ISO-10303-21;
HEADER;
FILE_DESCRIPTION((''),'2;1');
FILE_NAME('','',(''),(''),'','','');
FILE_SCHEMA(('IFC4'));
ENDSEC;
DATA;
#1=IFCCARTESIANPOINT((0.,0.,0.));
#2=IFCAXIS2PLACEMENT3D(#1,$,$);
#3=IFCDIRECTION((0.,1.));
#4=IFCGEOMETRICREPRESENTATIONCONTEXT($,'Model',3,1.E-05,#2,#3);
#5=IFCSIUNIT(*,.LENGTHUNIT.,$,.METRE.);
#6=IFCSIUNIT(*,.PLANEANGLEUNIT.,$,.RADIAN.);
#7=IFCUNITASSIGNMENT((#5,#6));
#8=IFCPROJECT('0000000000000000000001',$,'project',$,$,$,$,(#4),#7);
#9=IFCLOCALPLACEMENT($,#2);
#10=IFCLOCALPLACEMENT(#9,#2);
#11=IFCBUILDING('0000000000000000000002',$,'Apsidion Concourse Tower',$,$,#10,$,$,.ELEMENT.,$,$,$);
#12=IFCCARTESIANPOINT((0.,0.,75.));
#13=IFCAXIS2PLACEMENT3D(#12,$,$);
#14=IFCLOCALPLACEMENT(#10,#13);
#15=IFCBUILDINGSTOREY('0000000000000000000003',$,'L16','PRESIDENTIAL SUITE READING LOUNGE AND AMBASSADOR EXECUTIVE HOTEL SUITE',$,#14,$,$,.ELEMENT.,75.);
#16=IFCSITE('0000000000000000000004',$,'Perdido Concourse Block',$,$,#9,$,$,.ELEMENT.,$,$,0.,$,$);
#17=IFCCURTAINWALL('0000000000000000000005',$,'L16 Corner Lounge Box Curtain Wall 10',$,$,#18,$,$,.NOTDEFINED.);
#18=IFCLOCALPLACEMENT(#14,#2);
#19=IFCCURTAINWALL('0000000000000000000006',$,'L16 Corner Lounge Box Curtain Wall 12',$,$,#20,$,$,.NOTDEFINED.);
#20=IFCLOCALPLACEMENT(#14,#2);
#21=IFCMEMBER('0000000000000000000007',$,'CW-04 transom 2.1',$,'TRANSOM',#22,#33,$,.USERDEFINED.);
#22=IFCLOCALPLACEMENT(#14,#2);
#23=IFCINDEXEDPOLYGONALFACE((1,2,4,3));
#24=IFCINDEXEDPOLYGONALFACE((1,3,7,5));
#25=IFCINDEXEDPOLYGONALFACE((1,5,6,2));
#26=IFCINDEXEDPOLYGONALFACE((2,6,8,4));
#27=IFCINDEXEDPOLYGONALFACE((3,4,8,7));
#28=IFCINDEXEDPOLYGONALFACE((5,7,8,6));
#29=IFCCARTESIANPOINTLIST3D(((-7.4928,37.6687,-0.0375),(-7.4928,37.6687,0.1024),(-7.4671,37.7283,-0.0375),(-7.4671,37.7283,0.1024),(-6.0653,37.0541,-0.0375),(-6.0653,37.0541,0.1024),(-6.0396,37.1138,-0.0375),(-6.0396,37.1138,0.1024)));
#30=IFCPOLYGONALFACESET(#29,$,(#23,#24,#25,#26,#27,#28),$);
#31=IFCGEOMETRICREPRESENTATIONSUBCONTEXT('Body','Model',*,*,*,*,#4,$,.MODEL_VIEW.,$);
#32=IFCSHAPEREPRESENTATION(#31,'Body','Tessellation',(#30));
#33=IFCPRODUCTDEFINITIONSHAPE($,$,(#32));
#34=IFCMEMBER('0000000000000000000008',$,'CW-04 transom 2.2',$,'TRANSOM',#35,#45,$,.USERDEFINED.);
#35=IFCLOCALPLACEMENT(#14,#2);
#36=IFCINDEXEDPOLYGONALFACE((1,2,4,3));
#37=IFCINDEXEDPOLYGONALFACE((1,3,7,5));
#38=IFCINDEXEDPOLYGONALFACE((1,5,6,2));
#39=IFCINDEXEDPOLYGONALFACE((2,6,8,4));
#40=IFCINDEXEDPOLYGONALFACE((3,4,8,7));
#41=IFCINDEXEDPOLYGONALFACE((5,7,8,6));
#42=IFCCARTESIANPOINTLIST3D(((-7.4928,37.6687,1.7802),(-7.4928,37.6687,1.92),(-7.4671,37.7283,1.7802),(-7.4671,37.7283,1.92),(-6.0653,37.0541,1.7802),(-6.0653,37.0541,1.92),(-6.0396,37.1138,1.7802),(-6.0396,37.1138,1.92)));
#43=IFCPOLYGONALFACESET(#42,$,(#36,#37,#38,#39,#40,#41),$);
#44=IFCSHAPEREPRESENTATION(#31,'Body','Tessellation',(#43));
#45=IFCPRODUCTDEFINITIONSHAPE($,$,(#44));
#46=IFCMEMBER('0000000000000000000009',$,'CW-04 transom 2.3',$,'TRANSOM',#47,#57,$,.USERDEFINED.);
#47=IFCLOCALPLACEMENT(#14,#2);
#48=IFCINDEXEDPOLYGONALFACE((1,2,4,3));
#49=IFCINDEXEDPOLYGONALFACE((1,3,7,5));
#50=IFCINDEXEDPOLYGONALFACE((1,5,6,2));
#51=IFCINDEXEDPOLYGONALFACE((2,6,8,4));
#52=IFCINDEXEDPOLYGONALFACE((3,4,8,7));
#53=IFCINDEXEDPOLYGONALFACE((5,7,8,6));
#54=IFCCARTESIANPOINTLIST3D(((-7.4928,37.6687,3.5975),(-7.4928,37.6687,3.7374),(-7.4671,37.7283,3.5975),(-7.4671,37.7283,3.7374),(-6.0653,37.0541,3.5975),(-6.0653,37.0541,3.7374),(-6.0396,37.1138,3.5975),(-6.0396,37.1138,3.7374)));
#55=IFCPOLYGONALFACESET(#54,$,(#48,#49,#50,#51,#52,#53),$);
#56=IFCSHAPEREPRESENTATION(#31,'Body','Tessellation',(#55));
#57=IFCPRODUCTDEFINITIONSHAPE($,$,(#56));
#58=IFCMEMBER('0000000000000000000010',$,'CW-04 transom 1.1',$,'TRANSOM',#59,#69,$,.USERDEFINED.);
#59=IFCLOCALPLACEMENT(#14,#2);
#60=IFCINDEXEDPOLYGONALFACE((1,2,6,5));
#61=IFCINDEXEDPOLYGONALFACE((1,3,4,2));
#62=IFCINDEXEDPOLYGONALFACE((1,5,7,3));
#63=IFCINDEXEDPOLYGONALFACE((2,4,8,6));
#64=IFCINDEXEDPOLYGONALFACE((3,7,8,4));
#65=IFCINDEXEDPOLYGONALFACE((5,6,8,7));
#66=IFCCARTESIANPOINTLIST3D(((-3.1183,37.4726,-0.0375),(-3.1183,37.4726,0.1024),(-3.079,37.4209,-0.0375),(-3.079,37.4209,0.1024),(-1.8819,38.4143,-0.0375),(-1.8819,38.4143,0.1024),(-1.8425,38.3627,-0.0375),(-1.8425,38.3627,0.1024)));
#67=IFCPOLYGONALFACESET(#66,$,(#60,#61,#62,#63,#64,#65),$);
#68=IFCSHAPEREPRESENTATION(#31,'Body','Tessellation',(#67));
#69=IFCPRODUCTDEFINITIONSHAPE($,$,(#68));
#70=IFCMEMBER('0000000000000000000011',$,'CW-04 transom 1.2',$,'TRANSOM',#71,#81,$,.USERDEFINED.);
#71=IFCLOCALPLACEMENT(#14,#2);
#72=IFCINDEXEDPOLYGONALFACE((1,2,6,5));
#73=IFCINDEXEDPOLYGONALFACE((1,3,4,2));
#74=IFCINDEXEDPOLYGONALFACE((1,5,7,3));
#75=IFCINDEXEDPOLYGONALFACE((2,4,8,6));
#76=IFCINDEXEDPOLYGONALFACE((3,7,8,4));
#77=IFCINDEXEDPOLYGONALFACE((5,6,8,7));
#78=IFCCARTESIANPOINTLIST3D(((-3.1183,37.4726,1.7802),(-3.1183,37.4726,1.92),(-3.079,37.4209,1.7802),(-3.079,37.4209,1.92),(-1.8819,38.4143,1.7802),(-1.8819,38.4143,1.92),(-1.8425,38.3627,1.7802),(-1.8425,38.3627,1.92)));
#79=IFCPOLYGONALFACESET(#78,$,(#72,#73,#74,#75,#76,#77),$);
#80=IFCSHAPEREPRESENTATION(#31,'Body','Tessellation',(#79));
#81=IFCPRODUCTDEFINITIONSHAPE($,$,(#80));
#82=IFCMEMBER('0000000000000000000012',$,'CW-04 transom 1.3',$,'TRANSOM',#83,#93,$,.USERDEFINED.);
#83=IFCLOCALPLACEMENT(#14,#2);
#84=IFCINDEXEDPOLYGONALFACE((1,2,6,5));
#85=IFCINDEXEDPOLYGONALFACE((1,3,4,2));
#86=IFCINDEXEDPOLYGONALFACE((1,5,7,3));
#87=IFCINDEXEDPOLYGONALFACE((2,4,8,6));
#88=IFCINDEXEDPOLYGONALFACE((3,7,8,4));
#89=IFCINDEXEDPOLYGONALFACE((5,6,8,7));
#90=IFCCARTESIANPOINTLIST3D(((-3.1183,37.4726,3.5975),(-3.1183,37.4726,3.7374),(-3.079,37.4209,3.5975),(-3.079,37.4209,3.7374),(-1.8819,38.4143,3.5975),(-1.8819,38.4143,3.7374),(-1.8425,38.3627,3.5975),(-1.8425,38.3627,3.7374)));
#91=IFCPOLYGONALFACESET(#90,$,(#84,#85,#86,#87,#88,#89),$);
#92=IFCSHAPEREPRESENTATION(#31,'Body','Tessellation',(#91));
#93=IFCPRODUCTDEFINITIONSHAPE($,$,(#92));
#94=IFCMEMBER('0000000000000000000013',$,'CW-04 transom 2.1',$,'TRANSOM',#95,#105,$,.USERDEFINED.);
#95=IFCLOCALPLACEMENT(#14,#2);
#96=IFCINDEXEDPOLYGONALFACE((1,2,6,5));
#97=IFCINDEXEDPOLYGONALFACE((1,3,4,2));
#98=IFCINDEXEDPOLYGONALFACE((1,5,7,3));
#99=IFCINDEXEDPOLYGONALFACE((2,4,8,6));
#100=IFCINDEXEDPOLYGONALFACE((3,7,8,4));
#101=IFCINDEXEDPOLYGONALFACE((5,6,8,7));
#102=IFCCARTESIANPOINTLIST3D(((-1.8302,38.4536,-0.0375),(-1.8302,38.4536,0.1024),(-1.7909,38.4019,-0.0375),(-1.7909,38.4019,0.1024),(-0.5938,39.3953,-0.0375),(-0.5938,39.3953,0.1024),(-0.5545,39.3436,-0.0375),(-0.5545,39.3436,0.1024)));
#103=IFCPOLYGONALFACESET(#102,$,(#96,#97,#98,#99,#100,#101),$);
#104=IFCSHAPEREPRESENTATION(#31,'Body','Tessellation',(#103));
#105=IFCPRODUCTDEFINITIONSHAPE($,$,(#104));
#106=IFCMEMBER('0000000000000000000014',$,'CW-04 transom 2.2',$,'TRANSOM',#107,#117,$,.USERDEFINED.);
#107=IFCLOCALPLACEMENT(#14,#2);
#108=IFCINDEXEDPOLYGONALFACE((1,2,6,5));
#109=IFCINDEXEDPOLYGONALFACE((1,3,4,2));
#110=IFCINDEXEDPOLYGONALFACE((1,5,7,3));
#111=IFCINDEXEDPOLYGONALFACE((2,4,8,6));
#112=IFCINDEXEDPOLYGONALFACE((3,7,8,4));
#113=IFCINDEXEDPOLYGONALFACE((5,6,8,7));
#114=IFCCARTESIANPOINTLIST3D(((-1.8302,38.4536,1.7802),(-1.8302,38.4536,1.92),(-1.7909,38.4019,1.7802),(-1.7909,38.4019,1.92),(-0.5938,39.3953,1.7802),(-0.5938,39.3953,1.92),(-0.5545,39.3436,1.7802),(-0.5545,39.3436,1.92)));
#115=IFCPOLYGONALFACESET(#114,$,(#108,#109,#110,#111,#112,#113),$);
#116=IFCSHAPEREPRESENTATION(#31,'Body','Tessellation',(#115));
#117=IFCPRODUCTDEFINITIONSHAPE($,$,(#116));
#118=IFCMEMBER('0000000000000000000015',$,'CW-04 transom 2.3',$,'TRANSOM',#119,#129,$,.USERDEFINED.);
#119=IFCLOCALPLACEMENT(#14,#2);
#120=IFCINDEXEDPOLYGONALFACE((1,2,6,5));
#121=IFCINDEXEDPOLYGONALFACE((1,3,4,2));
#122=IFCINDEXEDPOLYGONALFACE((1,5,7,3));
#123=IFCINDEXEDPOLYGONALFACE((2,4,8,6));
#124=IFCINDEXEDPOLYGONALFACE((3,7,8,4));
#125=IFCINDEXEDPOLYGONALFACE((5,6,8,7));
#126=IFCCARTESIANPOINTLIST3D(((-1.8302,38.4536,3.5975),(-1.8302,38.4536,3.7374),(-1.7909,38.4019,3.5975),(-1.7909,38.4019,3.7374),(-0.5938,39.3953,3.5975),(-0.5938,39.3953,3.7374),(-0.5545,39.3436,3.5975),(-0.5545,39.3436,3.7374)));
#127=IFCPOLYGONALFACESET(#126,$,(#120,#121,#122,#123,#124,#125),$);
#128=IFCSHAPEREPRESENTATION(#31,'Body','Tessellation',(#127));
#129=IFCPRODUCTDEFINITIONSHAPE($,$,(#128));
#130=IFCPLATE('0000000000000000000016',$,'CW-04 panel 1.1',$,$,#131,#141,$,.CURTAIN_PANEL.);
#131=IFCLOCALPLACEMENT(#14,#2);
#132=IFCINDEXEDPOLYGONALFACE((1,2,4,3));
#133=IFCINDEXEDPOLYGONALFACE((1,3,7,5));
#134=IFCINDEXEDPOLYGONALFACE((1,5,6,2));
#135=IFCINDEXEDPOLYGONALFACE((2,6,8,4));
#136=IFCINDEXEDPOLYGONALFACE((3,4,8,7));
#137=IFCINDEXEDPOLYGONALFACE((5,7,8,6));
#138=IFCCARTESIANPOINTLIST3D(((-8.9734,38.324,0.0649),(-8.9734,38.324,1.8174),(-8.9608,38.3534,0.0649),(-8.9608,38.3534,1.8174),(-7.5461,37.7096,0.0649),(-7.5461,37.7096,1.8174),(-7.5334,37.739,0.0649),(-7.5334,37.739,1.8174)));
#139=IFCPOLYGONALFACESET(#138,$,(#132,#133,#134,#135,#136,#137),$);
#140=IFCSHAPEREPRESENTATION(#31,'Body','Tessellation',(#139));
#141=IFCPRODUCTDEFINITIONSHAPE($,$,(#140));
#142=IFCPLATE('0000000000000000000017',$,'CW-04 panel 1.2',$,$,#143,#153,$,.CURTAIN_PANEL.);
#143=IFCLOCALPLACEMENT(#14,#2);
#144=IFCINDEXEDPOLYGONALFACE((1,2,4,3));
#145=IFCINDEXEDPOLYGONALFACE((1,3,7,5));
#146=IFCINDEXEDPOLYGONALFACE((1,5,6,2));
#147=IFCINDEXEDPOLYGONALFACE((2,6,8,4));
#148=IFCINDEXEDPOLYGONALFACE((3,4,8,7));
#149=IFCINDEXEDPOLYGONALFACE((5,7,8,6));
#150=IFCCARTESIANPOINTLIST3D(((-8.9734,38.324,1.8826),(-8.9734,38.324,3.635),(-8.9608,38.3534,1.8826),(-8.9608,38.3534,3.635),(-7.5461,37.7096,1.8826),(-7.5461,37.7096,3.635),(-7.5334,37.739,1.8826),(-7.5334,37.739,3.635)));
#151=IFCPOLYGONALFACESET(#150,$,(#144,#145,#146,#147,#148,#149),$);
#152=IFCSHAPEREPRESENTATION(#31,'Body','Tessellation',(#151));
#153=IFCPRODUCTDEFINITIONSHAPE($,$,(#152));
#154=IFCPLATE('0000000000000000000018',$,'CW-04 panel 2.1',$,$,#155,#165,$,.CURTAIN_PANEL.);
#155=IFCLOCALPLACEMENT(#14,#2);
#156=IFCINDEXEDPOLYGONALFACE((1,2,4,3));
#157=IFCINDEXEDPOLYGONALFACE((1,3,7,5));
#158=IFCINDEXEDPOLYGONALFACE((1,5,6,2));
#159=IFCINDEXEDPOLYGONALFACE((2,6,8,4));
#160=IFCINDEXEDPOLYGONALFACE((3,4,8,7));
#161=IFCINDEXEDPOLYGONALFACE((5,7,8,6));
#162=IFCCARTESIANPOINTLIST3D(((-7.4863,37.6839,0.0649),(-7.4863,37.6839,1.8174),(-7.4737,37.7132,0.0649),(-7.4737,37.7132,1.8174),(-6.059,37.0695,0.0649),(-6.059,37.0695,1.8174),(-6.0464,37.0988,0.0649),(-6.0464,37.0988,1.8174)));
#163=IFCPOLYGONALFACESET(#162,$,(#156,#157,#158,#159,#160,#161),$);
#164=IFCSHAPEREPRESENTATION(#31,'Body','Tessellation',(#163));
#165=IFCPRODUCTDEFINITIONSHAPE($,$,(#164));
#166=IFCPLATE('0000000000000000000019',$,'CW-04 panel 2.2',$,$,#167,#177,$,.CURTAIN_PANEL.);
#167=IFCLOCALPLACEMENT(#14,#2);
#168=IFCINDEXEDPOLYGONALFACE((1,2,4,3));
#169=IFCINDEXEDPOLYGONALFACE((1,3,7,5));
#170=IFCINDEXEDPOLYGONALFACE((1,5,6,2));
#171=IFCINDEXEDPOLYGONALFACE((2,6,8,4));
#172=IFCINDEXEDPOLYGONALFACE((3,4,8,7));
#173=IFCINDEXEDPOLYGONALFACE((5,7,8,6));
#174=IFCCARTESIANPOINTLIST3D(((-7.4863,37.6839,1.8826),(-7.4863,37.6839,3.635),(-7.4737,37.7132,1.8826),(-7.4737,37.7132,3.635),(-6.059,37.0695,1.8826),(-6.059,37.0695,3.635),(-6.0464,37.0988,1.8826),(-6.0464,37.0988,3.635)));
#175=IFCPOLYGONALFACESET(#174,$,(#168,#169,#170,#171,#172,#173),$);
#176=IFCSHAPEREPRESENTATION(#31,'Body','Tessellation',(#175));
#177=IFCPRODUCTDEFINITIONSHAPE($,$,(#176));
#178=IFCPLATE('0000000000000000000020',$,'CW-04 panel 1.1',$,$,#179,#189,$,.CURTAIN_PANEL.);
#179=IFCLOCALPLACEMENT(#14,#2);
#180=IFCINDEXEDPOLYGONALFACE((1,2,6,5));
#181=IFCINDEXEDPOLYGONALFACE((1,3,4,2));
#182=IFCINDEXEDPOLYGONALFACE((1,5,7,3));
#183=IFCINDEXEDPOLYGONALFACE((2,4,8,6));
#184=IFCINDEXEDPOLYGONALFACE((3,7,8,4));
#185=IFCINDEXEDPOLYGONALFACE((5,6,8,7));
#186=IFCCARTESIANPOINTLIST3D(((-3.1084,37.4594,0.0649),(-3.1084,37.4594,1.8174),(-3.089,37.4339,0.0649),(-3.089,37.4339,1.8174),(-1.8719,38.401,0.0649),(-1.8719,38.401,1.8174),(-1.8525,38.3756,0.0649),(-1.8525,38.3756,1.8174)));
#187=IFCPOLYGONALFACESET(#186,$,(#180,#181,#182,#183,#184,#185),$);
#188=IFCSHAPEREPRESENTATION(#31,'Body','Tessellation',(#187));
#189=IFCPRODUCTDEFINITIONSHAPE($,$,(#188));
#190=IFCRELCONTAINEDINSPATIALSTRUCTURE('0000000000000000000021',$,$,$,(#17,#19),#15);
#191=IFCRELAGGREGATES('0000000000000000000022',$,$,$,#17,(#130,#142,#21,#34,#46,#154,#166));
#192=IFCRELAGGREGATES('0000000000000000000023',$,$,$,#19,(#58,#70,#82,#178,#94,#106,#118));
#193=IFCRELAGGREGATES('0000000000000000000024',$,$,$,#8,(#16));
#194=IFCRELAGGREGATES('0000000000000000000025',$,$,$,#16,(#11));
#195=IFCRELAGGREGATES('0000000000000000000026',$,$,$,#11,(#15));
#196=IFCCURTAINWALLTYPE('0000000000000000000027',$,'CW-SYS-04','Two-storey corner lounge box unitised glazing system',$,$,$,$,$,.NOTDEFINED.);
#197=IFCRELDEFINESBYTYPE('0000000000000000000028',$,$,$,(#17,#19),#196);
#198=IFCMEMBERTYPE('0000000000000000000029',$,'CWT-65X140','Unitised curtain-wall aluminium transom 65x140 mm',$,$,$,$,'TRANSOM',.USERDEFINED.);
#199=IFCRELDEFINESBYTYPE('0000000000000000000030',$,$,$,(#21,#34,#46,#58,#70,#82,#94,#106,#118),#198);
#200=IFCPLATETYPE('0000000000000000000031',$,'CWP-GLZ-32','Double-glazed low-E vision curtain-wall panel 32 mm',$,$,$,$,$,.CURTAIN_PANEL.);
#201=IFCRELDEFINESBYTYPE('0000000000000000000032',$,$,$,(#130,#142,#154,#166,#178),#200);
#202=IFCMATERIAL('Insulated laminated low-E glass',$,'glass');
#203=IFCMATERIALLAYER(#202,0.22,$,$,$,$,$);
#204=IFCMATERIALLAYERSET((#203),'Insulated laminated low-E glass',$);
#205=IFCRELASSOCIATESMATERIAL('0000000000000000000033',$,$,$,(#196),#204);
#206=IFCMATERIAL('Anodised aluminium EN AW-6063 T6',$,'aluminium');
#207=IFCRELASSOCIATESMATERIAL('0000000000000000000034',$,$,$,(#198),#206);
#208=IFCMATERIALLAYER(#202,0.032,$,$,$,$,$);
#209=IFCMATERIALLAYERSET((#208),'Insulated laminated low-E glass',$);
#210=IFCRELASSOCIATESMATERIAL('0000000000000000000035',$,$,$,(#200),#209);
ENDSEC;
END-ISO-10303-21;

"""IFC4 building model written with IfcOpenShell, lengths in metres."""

from ifc_helpers import new_model, si_unit, direction, frame, origin, origin_2d, place, context, subcontext, project, spatial, rectangle, extrude, material, layer, layer_set, material_profile, profile_set, type_object, element, aggregate, save


model = new_model("IFC4")

# Units and contexts
model_context = context("Model", 3, precision=1e-05, world=origin(), true_north=direction((0.0, 1.0)))
body_context = subcontext(model_context, "Body", "Model", "MODEL_VIEW")
ifc_project = project(units=[si_unit("LENGTHUNIT", "METRE"), si_unit("PLANEANGLEUNIT", "RADIAN")], contexts=[model_context])

# Site, building, storey
site_placement = place(None, origin())
site = spatial("IfcSite", under=ifc_project, at=site_placement, Name="Perdido Concourse Block", CompositionType="ELEMENT", RefElevation=0.0)
building_placement = place(site_placement, origin())
building = spatial("IfcBuilding", under=site, at=building_placement, Name="Apsidion Concourse Tower", CompositionType="ELEMENT")
storey_placement = place(building_placement, frame((0.0, 0.0, 75.0)))
storey = spatial("IfcBuildingStorey", under=building, at=storey_placement, Name="L16", Description="PRESIDENTIAL SUITE READING LOUNGE AND AMBASSADOR EXECUTIVE HOTEL SUITE", CompositionType="ELEMENT", Elevation=75.0)

# Curtain walls
ifc_material_1 = material(Name="Insulated laminated low-E glass", Category="glass")
ifc_layer_1 = layer(ifc_material_1, 0.22)
ifc_layer_set_1 = layer_set([ifc_layer_1], Name="Insulated laminated low-E glass")
curtain_wall_type = type_object("IfcCurtainWallType", Name="CW-SYS-04", Description="Two-storey corner lounge box unitised glazing system", PredefinedType="NOTDEFINED", material=ifc_layer_set_1)
curtain_wall_1_placement = place(storey_placement, origin())
curtain_wall_1 = element("IfcCurtainWall", 1, at=curtain_wall_1_placement, inside=storey, type_object=curtain_wall_type, Name="L16 Corner Lounge Box Curtain Wall 10", PredefinedType="NOTDEFINED")
ifc_material_2 = material(Name="Anodised aluminium EN AW-6063 T6", Category="aluminium")
curtain_wall_2_placement = place(storey_placement, origin())
curtain_wall_2 = element("IfcCurtainWall", 2, at=curtain_wall_2_placement, inside=storey, type_object=curtain_wall_type, Name="L16 Corner Lounge Box Curtain Wall 12", PredefinedType="NOTDEFINED")

# Members
ifc_material_profile_1 = material_profile(ifc_material_2, rectangle(XDim=0.0649, YDim=0.1399, at=origin_2d()), Name="ALU TRANSOM 65x140")
ifc_profile_set_1 = profile_set([ifc_material_profile_1], Name="Anodised aluminium EN AW-6063 T6")
member_type_1 = type_object("IfcMemberType", Name="CWT-65X140", Description="Unitised curtain-wall aluminium transom 65x140 mm", ElementType="TRANSOM", PredefinedType="USERDEFINED", material=ifc_profile_set_1)
member_1_placement = place(storey_placement, frame((-7.48, 37.6985, 0.0325), z_axis=(0.91851, -0.395398, 0.0), x_axis=(0.395398, 0.91851, 0.0)))
member_1 = element("IfcMember", 3, at=member_1_placement, type_object=member_type_1, Name="CW-04 transom 2.1", ObjectType="TRANSOM", PredefinedType="USERDEFINED", context=body_context, shape_type="SweptSolid", body=[
    extrude(rectangle(XDim=0.0649, YDim=0.1399, at=origin_2d()), origin(), (0.0, 0.0, 1.0), 1.5542),
])
member_2_placement = place(storey_placement, frame((-7.48, 37.6985, 1.8501), z_axis=(0.91851, -0.395398, 0.0), x_axis=(0.395398, 0.91851, 0.0)))
member_2 = element("IfcMember", 4, at=member_2_placement, type_object=member_type_1, Name="CW-04 transom 2.2", ObjectType="TRANSOM", PredefinedType="USERDEFINED", context=body_context, shape_type="SweptSolid", body=[
    extrude(rectangle(XDim=0.0649, YDim=0.1399, at=origin_2d()), origin(), (0.0, 0.0, 1.0), 1.5542),
])
member_3_placement = place(storey_placement, frame((-7.48, 37.6985, 3.6675), z_axis=(0.91851, -0.395398, 0.0), x_axis=(0.395398, 0.91851, 0.0)))
member_3 = element("IfcMember", 5, at=member_3_placement, type_object=member_type_1, Name="CW-04 transom 2.3", ObjectType="TRANSOM", PredefinedType="USERDEFINED", context=body_context, shape_type="SweptSolid", body=[
    extrude(rectangle(XDim=0.0649, YDim=0.1399, at=origin_2d()), origin(), (0.0, 0.0, 1.0), 1.5542),
])
member_4_placement = place(storey_placement, frame((-3.0986, 37.4468, 0.0325), z_axis=(0.795529, 0.605915, 0.0), x_axis=(-0.605915, 0.795529, 0.0)))
member_4 = element("IfcMember", 6, at=member_4_placement, type_object=member_type_1, Name="CW-04 transom 1.1", ObjectType="TRANSOM", PredefinedType="USERDEFINED", context=body_context, shape_type="SweptSolid", body=[
    extrude(rectangle(XDim=0.0649, YDim=0.1399, at=origin_2d()), origin(), (0.0, 0.0, 1.0), 1.5542),
])
member_5_placement = place(storey_placement, frame((-3.0986, 37.4468, 1.8501), z_axis=(0.795529, 0.605915, 0.0), x_axis=(-0.605915, 0.795529, 0.0)))
member_5 = element("IfcMember", 7, at=member_5_placement, type_object=member_type_1, Name="CW-04 transom 1.2", ObjectType="TRANSOM", PredefinedType="USERDEFINED", context=body_context, shape_type="SweptSolid", body=[
    extrude(rectangle(XDim=0.0649, YDim=0.1399, at=origin_2d()), origin(), (0.0, 0.0, 1.0), 1.5542),
])
member_6_placement = place(storey_placement, frame((-3.0986, 37.4468, 3.6675), z_axis=(0.795529, 0.605915, 0.0), x_axis=(-0.605915, 0.795529, 0.0)))
member_6 = element("IfcMember", 8, at=member_6_placement, type_object=member_type_1, Name="CW-04 transom 1.3", ObjectType="TRANSOM", PredefinedType="USERDEFINED", context=body_context, shape_type="SweptSolid", body=[
    extrude(rectangle(XDim=0.0649, YDim=0.1399, at=origin_2d()), origin(), (0.0, 0.0, 1.0), 1.5542),
])
member_7_placement = place(storey_placement, frame((-1.8105, 38.4277, 0.0325), z_axis=(0.795529, 0.605915, 0.0), x_axis=(-0.605915, 0.795529, 0.0)))
member_7 = element("IfcMember", 9, at=member_7_placement, type_object=member_type_1, Name="CW-04 transom 2.1", ObjectType="TRANSOM", PredefinedType="USERDEFINED", context=body_context, shape_type="SweptSolid", body=[
    extrude(rectangle(XDim=0.0649, YDim=0.1399, at=origin_2d()), origin(), (0.0, 0.0, 1.0), 1.5542),
])
member_8_placement = place(storey_placement, frame((-1.8105, 38.4277, 1.8501), z_axis=(0.795529, 0.605915, 0.0), x_axis=(-0.605915, 0.795529, 0.0)))
member_8 = element("IfcMember", 10, at=member_8_placement, type_object=member_type_1, Name="CW-04 transom 2.2", ObjectType="TRANSOM", PredefinedType="USERDEFINED", context=body_context, shape_type="SweptSolid", body=[
    extrude(rectangle(XDim=0.0649, YDim=0.1399, at=origin_2d()), origin(), (0.0, 0.0, 1.0), 1.5542),
])
member_9_placement = place(storey_placement, frame((-1.8105, 38.4277, 3.6675), z_axis=(0.795529, 0.605915, 0.0), x_axis=(-0.605915, 0.795529, 0.0)))
member_9 = element("IfcMember", 11, at=member_9_placement, type_object=member_type_1, Name="CW-04 transom 2.3", ObjectType="TRANSOM", PredefinedType="USERDEFINED", context=body_context, shape_type="SweptSolid", body=[
    extrude(rectangle(XDim=0.0649, YDim=0.1399, at=origin_2d()), origin(), (0.0, 0.0, 1.0), 1.5542),
])

# Plates
ifc_layer_2 = layer(ifc_material_1, 0.032)
ifc_layer_set_2 = layer_set([ifc_layer_2], Name="Insulated laminated low-E glass")
plate_type = type_object("IfcPlateType", Name="CWP-GLZ-32", Description="Double-glazed low-E vision curtain-wall panel 32 mm", PredefinedType="CURTAIN_PANEL", material=ifc_layer_set_2)
plate_1_placement = place(storey_placement, frame((-8.2534, 38.0315, 0.0649), z_axis=(0.0, 0.0, 1.0), x_axis=(0.918518, -0.39538, 0.0)))
plate_1 = element("IfcPlate", 12, at=plate_1_placement, type_object=plate_type, Name="CW-04 panel 1.1", PredefinedType="CURTAIN_PANEL", context=body_context, shape_type="SweptSolid", body=[
    extrude(rectangle(XDim=1.554, YDim=0.032, at=origin_2d()), origin(), (0.0, 0.0, 1.0), 1.7524),
])
plate_2_placement = place(storey_placement, frame((-8.2534, 38.0315, 1.8826), z_axis=(0.0, 0.0, 1.0), x_axis=(0.918518, -0.39538, 0.0)))
plate_2 = element("IfcPlate", 13, at=plate_2_placement, type_object=plate_type, Name="CW-04 panel 1.2", PredefinedType="CURTAIN_PANEL", context=body_context, shape_type="SweptSolid", body=[
    extrude(rectangle(XDim=1.554, YDim=0.032, at=origin_2d()), origin(), (0.0, 0.0, 1.0), 1.7524),
])
plate_3_placement = place(storey_placement, frame((-6.7664, 37.3914, 0.0649), z_axis=(0.0, 0.0, 1.0), x_axis=(0.918518, -0.39538, 0.0)))
plate_3 = element("IfcPlate", 14, at=plate_3_placement, type_object=plate_type, Name="CW-04 panel 2.1", PredefinedType="CURTAIN_PANEL", context=body_context, shape_type="SweptSolid", body=[
    extrude(rectangle(XDim=1.554, YDim=0.032, at=origin_2d()), origin(), (0.0, 0.0, 1.0), 1.7524),
])
plate_4_placement = place(storey_placement, frame((-6.7664, 37.3914, 1.8826), z_axis=(0.0, 0.0, 1.0), x_axis=(0.918518, -0.39538, 0.0)))
plate_4 = element("IfcPlate", 15, at=plate_4_placement, type_object=plate_type, Name="CW-04 panel 2.2", PredefinedType="CURTAIN_PANEL", context=body_context, shape_type="SweptSolid", body=[
    extrude(rectangle(XDim=1.554, YDim=0.032, at=origin_2d()), origin(), (0.0, 0.0, 1.0), 1.7524),
])
aggregate(curtain_wall_1, [plate_1, plate_2, member_1, member_2, member_3, plate_3, plate_4])
plate_5_placement = place(storey_placement, frame((-2.4805, 37.9175, 0.0649), z_axis=(0.0, 0.0, 1.0), x_axis=(0.795564, 0.605869, 0.0)))
plate_5 = element("IfcPlate", 16, at=plate_5_placement, type_object=plate_type, Name="CW-04 panel 1.1", PredefinedType="CURTAIN_PANEL", context=body_context, shape_type="SweptSolid", body=[
    extrude(rectangle(XDim=1.5542, YDim=0.032, at=origin_2d()), origin(), (0.0, 0.0, 1.0), 1.7524),
])
aggregate(curtain_wall_2, [member_4, member_5, member_6, plate_5, member_7, member_8, member_9])

save(model, "model.ifc")
